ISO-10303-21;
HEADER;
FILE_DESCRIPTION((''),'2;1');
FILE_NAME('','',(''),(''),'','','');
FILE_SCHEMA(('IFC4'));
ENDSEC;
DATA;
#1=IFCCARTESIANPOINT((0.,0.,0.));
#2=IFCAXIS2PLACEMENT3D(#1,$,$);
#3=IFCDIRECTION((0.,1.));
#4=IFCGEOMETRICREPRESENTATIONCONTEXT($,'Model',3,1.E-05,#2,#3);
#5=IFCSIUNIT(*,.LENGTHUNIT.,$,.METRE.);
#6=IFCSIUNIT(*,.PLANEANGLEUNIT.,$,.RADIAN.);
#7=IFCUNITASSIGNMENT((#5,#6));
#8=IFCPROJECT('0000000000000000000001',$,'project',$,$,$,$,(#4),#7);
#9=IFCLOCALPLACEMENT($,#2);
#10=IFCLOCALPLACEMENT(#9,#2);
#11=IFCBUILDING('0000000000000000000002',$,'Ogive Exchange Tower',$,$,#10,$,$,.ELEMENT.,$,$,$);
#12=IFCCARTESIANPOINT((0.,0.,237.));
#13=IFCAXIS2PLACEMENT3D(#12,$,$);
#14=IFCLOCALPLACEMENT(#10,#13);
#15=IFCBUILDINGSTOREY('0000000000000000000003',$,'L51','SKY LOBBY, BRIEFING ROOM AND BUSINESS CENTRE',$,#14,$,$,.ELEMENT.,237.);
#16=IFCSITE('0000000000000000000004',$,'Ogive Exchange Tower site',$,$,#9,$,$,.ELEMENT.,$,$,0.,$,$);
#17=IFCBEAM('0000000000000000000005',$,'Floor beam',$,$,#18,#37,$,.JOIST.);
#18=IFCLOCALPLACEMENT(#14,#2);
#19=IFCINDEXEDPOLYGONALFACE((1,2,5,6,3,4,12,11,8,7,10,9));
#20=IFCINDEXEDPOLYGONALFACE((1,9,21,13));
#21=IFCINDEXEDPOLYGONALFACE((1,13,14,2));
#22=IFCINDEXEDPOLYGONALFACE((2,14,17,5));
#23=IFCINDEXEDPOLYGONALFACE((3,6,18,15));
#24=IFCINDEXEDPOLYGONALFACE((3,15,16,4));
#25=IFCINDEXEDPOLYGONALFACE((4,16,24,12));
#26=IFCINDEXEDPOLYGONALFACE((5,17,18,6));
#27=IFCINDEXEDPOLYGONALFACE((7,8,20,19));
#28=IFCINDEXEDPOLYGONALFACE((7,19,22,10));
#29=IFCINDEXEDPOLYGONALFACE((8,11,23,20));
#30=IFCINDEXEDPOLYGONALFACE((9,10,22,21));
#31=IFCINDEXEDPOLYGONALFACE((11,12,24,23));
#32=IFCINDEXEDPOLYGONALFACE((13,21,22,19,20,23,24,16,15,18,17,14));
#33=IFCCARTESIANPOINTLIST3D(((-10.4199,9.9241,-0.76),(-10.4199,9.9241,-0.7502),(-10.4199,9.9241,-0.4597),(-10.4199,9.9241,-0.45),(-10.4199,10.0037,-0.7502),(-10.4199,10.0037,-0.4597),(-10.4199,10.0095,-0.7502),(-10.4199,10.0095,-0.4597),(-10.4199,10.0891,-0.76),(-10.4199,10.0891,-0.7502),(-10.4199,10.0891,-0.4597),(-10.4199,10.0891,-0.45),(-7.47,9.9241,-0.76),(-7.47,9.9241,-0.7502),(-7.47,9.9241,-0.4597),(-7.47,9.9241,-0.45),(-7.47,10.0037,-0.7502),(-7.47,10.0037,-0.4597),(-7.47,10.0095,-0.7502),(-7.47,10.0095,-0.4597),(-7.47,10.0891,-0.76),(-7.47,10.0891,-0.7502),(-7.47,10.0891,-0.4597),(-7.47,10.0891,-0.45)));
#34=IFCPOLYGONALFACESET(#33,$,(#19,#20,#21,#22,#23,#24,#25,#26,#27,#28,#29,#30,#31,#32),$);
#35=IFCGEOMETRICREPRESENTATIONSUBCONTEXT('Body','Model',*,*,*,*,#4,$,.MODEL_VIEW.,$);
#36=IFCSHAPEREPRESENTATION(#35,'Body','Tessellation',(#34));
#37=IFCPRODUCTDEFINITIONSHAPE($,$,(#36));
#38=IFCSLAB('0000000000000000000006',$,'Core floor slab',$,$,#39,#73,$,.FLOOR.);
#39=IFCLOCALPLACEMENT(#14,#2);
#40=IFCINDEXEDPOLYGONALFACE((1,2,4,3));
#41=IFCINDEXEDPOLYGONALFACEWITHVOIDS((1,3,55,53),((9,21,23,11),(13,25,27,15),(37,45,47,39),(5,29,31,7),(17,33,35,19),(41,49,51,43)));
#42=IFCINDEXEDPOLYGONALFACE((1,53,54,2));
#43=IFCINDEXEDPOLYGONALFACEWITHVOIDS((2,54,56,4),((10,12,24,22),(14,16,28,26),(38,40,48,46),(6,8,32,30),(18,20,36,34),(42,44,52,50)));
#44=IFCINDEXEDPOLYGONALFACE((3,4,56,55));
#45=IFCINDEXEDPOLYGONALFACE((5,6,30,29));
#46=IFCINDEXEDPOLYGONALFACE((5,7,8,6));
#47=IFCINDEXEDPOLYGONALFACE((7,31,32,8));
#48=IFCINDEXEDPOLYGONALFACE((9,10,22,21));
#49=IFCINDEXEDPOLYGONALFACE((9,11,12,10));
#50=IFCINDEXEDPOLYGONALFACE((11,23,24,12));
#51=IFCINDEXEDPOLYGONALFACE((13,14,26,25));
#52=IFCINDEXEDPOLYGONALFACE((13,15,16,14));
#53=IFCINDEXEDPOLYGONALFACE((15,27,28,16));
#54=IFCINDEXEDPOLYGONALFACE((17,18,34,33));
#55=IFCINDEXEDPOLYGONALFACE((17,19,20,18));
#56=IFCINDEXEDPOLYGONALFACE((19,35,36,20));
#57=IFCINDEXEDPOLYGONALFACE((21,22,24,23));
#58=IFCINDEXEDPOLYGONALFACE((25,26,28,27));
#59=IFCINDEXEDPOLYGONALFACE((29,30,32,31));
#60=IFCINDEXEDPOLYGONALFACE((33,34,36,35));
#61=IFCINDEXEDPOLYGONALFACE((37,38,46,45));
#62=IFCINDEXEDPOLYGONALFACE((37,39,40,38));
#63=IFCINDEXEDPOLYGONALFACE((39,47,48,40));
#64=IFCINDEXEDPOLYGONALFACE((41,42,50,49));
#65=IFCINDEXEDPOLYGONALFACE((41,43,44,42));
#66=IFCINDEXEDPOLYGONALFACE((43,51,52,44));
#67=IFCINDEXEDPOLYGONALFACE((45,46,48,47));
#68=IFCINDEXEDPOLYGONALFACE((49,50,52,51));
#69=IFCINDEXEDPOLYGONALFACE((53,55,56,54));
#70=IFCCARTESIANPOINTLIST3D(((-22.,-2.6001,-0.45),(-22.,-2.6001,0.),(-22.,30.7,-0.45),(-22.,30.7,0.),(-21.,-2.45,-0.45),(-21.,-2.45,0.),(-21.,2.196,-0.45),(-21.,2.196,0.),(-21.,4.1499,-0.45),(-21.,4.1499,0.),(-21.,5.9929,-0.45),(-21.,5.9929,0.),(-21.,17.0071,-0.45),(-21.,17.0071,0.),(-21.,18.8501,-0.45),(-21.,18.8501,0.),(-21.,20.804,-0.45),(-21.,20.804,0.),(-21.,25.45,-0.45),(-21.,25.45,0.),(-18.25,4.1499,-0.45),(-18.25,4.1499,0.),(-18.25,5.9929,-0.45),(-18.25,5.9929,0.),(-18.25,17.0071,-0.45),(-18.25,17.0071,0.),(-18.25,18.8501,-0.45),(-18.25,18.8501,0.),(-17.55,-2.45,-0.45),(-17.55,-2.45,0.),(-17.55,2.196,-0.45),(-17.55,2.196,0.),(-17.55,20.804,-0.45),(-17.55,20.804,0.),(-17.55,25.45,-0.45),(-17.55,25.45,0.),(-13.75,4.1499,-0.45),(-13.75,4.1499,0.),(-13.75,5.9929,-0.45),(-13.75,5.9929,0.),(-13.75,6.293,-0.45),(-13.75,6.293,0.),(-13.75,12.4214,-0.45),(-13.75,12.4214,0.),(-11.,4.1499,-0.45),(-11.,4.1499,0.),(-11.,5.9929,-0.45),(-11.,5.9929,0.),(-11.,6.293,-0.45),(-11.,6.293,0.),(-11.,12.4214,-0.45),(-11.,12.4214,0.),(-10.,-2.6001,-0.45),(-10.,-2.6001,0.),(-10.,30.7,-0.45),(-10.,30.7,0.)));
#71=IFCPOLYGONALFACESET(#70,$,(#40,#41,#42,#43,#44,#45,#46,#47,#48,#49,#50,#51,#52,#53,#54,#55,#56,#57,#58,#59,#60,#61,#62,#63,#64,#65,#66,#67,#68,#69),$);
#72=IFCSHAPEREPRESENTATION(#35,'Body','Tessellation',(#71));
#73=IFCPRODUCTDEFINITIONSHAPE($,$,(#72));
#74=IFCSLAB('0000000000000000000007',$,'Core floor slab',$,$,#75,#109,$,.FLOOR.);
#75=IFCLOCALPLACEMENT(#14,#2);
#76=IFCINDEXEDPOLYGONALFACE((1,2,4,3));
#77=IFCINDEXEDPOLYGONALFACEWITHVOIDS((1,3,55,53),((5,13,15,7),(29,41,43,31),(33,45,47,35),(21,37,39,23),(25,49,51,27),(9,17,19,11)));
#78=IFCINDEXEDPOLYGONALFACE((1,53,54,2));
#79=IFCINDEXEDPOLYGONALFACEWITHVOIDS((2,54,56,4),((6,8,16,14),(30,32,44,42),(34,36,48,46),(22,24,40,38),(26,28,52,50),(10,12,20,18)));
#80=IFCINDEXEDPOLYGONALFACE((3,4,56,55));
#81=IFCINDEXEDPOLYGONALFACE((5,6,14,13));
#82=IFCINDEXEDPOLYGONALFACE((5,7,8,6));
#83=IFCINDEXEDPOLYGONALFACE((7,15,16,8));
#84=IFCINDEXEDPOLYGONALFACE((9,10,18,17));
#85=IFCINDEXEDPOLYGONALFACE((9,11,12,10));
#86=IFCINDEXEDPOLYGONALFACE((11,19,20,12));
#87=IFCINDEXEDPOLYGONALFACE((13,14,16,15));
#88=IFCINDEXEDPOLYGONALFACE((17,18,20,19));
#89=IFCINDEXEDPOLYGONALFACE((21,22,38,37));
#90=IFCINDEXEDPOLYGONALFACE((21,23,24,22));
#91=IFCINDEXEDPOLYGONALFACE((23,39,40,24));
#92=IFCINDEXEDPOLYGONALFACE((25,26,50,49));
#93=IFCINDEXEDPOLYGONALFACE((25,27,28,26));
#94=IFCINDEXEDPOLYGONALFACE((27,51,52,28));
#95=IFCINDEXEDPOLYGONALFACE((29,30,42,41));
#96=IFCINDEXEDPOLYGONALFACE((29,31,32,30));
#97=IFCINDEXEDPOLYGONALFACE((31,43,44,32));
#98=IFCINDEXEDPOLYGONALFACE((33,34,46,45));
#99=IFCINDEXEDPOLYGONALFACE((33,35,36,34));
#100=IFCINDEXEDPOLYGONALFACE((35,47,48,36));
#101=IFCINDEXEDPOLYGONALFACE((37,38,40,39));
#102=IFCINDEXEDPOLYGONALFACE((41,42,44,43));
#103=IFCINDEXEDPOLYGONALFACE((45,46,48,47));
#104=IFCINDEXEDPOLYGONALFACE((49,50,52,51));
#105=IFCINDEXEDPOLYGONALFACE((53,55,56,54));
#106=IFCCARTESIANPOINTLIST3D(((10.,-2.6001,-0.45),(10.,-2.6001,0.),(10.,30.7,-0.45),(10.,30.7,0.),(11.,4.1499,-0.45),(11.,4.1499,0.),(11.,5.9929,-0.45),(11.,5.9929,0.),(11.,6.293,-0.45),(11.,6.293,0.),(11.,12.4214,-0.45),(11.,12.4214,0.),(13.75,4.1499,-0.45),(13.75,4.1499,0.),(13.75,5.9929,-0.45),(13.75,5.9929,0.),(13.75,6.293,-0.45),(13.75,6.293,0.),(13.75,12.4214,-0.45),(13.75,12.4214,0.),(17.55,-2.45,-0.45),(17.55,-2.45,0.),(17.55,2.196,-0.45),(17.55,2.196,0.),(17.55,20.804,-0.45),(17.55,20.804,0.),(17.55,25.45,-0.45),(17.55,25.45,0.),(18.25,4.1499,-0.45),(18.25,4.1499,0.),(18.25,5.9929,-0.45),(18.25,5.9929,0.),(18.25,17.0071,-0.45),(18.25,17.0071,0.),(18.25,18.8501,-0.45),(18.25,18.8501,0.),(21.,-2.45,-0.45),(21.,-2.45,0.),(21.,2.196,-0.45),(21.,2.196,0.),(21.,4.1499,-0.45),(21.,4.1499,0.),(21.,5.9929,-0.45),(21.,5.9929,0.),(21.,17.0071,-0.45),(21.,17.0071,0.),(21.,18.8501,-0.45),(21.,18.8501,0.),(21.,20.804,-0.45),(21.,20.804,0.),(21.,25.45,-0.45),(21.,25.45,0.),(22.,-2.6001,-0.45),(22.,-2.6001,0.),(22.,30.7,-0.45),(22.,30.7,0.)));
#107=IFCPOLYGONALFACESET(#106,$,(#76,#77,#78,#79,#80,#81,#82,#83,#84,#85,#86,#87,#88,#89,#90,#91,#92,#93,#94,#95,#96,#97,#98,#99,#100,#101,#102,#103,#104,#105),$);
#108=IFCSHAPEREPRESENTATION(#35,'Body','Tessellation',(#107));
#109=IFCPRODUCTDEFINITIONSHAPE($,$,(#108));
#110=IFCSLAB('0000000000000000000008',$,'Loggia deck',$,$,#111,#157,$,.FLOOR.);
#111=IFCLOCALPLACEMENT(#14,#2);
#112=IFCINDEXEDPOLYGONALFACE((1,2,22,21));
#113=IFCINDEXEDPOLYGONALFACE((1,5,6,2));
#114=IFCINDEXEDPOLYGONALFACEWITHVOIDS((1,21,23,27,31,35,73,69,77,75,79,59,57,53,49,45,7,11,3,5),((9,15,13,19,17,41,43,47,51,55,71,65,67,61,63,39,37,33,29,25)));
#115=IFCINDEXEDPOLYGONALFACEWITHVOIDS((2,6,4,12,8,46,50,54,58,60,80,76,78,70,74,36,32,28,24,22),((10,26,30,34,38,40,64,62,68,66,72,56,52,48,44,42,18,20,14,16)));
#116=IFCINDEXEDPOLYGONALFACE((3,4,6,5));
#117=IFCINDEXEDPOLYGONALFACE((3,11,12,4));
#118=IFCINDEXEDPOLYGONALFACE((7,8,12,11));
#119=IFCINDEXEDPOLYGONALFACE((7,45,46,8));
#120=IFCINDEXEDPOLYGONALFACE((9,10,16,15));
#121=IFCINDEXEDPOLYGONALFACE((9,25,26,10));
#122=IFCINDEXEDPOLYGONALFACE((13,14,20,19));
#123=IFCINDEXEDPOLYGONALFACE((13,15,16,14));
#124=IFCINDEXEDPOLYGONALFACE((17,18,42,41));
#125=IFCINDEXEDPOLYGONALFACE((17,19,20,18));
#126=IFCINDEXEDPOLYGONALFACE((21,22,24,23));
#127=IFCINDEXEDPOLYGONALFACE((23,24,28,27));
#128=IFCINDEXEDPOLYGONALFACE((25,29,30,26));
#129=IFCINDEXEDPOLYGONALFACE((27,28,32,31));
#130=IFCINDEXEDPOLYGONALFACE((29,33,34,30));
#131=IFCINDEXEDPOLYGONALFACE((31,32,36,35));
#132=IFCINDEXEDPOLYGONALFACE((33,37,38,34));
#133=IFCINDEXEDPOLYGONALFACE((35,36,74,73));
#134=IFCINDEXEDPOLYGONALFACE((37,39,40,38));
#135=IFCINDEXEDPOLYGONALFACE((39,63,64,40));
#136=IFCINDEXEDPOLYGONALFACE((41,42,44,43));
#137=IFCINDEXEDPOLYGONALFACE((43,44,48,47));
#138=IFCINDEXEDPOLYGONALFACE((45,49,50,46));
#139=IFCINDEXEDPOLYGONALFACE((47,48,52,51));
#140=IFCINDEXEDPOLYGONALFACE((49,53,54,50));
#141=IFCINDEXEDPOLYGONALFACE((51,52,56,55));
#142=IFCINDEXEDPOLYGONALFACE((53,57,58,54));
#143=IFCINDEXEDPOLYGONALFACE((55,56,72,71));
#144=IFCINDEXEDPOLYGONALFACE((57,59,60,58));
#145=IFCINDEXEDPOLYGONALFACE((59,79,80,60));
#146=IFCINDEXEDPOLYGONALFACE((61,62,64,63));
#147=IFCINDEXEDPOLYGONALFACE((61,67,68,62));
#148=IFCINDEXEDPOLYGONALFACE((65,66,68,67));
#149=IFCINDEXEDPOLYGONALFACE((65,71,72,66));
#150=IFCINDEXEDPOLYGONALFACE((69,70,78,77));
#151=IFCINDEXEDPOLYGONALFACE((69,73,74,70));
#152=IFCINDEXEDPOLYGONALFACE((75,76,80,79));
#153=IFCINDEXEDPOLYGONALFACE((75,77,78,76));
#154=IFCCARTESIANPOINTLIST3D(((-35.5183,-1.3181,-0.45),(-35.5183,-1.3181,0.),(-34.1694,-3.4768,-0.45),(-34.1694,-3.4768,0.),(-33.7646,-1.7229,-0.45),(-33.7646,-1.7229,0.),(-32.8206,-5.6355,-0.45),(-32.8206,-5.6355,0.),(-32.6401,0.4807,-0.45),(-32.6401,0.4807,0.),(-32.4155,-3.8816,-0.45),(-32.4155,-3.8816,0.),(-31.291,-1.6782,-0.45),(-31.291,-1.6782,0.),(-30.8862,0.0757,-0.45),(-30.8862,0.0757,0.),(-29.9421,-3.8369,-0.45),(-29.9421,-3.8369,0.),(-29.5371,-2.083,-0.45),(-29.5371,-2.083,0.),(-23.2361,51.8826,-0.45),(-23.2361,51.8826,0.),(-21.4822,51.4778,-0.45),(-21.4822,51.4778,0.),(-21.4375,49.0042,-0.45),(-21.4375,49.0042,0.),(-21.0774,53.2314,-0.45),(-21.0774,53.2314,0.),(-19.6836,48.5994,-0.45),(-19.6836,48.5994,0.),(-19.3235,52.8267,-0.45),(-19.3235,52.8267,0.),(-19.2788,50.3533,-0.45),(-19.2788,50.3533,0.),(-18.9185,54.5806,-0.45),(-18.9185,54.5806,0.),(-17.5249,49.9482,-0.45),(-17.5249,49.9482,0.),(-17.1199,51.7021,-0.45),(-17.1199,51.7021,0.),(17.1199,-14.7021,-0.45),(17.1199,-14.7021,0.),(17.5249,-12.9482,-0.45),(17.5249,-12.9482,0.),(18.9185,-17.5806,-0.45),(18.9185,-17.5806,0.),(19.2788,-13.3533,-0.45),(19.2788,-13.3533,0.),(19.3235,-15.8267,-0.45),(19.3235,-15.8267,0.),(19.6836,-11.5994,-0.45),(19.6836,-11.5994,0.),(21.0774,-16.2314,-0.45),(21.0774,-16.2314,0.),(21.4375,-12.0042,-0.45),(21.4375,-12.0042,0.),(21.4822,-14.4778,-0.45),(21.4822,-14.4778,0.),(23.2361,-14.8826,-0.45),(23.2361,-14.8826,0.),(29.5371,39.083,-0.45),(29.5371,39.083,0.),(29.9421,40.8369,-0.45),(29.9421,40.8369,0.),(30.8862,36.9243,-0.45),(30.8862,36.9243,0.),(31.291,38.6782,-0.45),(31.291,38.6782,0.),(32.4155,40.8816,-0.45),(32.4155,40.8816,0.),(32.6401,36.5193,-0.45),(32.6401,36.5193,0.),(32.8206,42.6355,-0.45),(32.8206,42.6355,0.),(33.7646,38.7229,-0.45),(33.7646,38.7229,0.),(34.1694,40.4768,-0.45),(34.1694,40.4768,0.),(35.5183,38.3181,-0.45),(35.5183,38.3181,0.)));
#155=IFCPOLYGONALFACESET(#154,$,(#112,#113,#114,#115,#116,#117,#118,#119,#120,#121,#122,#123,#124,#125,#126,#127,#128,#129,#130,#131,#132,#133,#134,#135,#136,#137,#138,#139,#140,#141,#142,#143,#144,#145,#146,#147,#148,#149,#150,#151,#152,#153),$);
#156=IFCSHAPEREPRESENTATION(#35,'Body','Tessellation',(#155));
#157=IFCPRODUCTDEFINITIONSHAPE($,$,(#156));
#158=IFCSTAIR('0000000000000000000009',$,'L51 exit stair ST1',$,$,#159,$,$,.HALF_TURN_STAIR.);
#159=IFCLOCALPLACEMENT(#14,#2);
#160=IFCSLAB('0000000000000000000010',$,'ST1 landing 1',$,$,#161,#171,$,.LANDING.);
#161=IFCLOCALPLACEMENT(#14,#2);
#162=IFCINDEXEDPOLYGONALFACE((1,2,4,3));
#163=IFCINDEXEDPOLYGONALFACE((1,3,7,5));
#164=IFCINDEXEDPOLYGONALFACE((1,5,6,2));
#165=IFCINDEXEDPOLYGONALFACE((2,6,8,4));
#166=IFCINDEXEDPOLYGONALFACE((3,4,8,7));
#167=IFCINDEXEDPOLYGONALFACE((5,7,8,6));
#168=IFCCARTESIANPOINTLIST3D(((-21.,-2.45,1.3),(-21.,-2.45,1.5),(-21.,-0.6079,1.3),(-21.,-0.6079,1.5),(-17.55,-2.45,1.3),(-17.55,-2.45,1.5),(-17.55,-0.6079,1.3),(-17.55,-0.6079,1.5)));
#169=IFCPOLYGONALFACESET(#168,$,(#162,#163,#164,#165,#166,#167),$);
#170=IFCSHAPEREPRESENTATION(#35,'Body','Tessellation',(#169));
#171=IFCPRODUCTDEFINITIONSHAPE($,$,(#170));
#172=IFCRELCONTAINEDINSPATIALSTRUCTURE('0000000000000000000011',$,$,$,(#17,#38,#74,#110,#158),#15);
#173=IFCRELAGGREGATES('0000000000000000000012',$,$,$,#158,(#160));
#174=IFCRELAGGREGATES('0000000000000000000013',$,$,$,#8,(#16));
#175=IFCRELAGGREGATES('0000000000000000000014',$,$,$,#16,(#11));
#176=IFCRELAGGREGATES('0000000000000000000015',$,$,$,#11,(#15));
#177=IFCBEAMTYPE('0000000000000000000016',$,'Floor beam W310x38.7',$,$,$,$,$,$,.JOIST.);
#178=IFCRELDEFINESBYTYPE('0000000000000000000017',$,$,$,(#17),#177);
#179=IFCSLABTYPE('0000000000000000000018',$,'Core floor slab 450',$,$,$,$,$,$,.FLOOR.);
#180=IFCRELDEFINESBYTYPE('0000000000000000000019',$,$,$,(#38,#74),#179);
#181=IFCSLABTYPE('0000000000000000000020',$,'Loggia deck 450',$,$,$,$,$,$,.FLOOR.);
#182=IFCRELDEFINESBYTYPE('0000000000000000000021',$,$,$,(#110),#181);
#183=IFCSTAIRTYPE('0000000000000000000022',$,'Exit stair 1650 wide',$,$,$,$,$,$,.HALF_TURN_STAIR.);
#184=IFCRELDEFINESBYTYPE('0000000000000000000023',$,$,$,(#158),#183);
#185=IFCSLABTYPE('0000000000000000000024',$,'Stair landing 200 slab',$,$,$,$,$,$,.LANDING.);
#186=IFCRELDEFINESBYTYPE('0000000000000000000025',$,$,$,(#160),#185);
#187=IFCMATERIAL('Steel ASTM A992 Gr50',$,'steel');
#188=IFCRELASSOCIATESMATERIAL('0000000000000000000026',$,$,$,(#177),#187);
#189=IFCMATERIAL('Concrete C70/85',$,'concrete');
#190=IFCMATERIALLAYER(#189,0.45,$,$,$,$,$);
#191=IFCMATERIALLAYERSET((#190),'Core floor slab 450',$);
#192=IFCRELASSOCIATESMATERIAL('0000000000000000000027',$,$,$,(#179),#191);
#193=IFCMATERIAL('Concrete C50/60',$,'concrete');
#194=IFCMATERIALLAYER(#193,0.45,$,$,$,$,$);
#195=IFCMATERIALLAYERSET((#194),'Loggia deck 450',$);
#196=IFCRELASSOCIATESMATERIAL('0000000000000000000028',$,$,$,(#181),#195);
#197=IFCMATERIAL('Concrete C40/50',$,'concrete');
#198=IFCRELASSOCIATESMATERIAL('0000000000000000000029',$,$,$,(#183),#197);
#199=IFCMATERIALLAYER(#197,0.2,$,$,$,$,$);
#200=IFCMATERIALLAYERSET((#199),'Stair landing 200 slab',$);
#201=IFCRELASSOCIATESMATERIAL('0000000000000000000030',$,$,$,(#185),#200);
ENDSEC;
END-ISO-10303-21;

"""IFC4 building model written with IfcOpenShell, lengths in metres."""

from ifc_helpers import new_model, si_unit, direction, frame, origin, origin_2d, place, context, subcontext, project, spatial, polyline, i_section, outline, extrude, material, layer, layer_set, material_profile, profile_set, type_object, element, aggregate, save


model = new_model("IFC4")

# Units and contexts
model_context = context("Model", 3, precision=1e-05, world=origin(), true_north=direction((0.0, 1.0)))
body_context = subcontext(model_context, "Body", "Model", "MODEL_VIEW")
ifc_project = project(units=[si_unit("LENGTHUNIT", "METRE"), si_unit("PLANEANGLEUNIT", "RADIAN")], contexts=[model_context])

# Site, building, storey
site_placement = place(None, origin())
site = spatial("IfcSite", under=ifc_project, at=site_placement, Name="Ogive Exchange Tower site", CompositionType="ELEMENT", RefElevation=0.0)
building_placement = place(site_placement, origin())
building = spatial("IfcBuilding", under=site, at=building_placement, Name="Ogive Exchange Tower", CompositionType="ELEMENT")
storey_placement = place(building_placement, frame((0.0, 0.0, 237.0)))
storey = spatial("IfcBuildingStorey", under=building, at=storey_placement, Name="L51", Description="SKY LOBBY, BRIEFING ROOM AND BUSINESS CENTRE", CompositionType="ELEMENT", Elevation=237.0)

# Beam
ifc_material_1 = material(Name="Steel ASTM A992 Gr50", Category="steel")
ifc_material_profile = material_profile(ifc_material_1, i_section(OverallWidth=0.165, OverallDepth=0.3101, WebThickness=0.0059, FlangeThickness=0.0098, at=origin_2d()), Name="W310x38.7")
ifc_profile_set = profile_set([ifc_material_profile], Name="Steel ASTM A992 Gr50")
beam_type = type_object("IfcBeamType", Name="Floor beam W310x38.7", PredefinedType="JOIST", material=ifc_profile_set)
beam_placement = place(storey_placement, frame((-10.4199, 10.0066, -0.605), z_axis=(1.0, 0.0, 0.0), x_axis=(0.0, 1.0, 0.0)))
element("IfcBeam", 1, at=beam_placement, inside=storey, type_object=beam_type, Name="Floor beam", PredefinedType="JOIST", context=body_context, shape_type="SweptSolid", body=[
    extrude(i_section(OverallWidth=0.165, OverallDepth=0.3101, WebThickness=0.0059, FlangeThickness=0.0098, at=origin_2d()), origin(), (0.0, 0.0, 1.0), 2.95),
])

# Slabs
ifc_material_2 = material(Name="Concrete C70/85", Category="concrete")
ifc_layer_1 = layer(ifc_material_2, 0.45)
ifc_layer_set_1 = layer_set([ifc_layer_1], Name="Core floor slab 450")
slab_type_1 = type_object("IfcSlabType", Name="Core floor slab 450", PredefinedType="FLOOR", material=ifc_layer_set_1)
slab_1_placement = place(storey_placement, frame((0.0, 0.0, -0.45)))
element("IfcSlab", 2, at=slab_1_placement, inside=storey, type_object=slab_type_1, Name="Core floor slab", PredefinedType="FLOOR", context=body_context, shape_type="SweptSolid", body=[
    extrude(outline(polyline([(-22.0, -2.6001), (-22.0, 30.7), (-10.0, 30.7), (-10.0, -2.6001), (-22.0, -2.6001)]), holes=[polyline([(-17.55, 2.196), (-21.0, 2.196), (-21.0, -2.45), (-17.55, -2.45), (-17.55, 2.196)]), polyline([(-18.25, 5.9929), (-21.0, 5.9929), (-21.0, 4.1499), (-18.25, 4.1499), (-18.25, 5.9929)]), polyline([(-11.0, 5.9929), (-13.75, 5.9929), (-13.75, 4.1499), (-11.0, 4.1499), (-11.0, 5.9929)]), polyline([(-13.75, 12.4214), (-13.75, 6.293), (-11.0, 6.293), (-11.0, 12.4214), (-13.75, 12.4214)]), polyline([(-18.25, 18.8501), (-21.0, 18.8501), (-21.0, 17.0071), (-18.25, 17.0071), (-18.25, 18.8501)]), polyline([(-21.0, 25.45), (-21.0, 20.804), (-17.55, 20.804), (-17.55, 25.45), (-21.0, 25.45)])]), origin(), (0.0, 0.0, 1.0), 0.45),
])
slab_2_placement = place(storey_placement, frame((0.0, 0.0, -0.45)))
element("IfcSlab", 3, at=slab_2_placement, inside=storey, type_object=slab_type_1, Name="Core floor slab", PredefinedType="FLOOR", context=body_context, shape_type="SweptSolid", body=[
    extrude(outline(polyline([(10.0, -2.6001), (10.0, 30.7), (22.0, 30.7), (22.0, -2.6001), (10.0, -2.6001)]), holes=[polyline([(21.0, 2.196), (17.55, 2.196), (17.55, -2.45), (21.0, -2.45), (21.0, 2.196)]), polyline([(13.75, 5.9929), (11.0, 5.9929), (11.0, 4.1499), (13.75, 4.1499), (13.75, 5.9929)]), polyline([(21.0, 5.9929), (18.25, 5.9929), (18.25, 4.1499), (21.0, 4.1499), (21.0, 5.9929)]), polyline([(11.0, 12.4214), (11.0, 6.293), (13.75, 6.293), (13.75, 12.4214), (11.0, 12.4214)]), polyline([(21.0, 18.8501), (18.25, 18.8501), (18.25, 17.0071), (21.0, 17.0071), (21.0, 18.8501)]), polyline([(17.55, 25.45), (17.55, 20.804), (21.0, 20.804), (21.0, 25.45), (17.55, 25.45)])]), origin(), (0.0, 0.0, 1.0), 0.45),
])
ifc_material_3 = material(Name="Concrete C50/60", Category="concrete")
ifc_layer_2 = layer(ifc_material_3, 0.45)
ifc_layer_set_2 = layer_set([ifc_layer_2], Name="Loggia deck 450")
slab_type_2 = type_object("IfcSlabType", Name="Loggia deck 450", PredefinedType="FLOOR", material=ifc_layer_set_2)
slab_3_placement = place(storey_placement, frame((0.0, 0.0, -0.45)))
element("IfcSlab", 4, at=slab_3_placement, inside=storey, type_object=slab_type_2, Name="Loggia deck", PredefinedType="FLOOR", context=body_context, shape_type="SweptSolid", body=[
    extrude(outline(polyline([(-34.1694, -3.4768), (-33.7646, -1.7229), (-35.5183, -1.3181), (-23.2361, 51.8826), (-21.4822, 51.4778), (-21.0774, 53.2314), (-19.3235, 52.8267), (-18.9185, 54.5806), (32.8206, 42.6355), (32.4155, 40.8816), (34.1694, 40.4768), (33.7646, 38.7229), (35.5183, 38.3181), (23.2361, -14.8826), (21.4822, -14.4778), (21.0774, -16.2314), (19.3235, -15.8267), (18.9185, -17.5806), (-32.8206, -5.6355), (-32.4155, -3.8816), (-34.1694, -3.4768)]), holes=[polyline([(17.5249, -12.9482), (19.2788, -13.3533), (19.6836, -11.5994), (21.4375, -12.0042), (32.6401, 36.5193), (30.8862, 36.9243), (31.291, 38.6782), (29.5371, 39.083), (29.9421, 40.8369), (-17.1199, 51.7021), (-17.5249, 49.9482), (-19.2788, 50.3533), (-19.6836, 48.5994), (-21.4375, 49.0042), (-32.6401, 0.4807), (-30.8862, 0.0757), (-31.291, -1.6782), (-29.5371, -2.083), (-29.9421, -3.8369), (17.1199, -14.7021), (17.5249, -12.9482)])]), origin(), (0.0, 0.0, 1.0), 0.45),
])

# Stair, slab
ifc_material_4 = material(Name="Concrete C40/50", Category="concrete")
stair_type = type_object("IfcStairType", Name="Exit stair 1650 wide", PredefinedType="HALF_TURN_STAIR", material=ifc_material_4)
stair_1_placement = place(storey_placement, origin())
stair_1 = element("IfcStair", 5, at=stair_1_placement, inside=storey, type_object=stair_type, Name="L51 exit stair ST1", PredefinedType="HALF_TURN_STAIR")
ifc_layer_3 = layer(ifc_material_4, 0.2)
ifc_layer_set_3 = layer_set([ifc_layer_3], Name="Stair landing 200 slab")
slab_type_3 = type_object("IfcSlabType", Name="Stair landing 200 slab", PredefinedType="LANDING", material=ifc_layer_set_3)
slab_4_placement = place(storey_placement, frame((0.0, 0.0, 1.3)))
slab_4 = element("IfcSlab", 6, at=slab_4_placement, type_object=slab_type_3, Name="ST1 landing 1", PredefinedType="LANDING", context=body_context, shape_type="SweptSolid", body=[
    extrude(outline(polyline([(-21.0, -0.6079), (-21.0, -2.45), (-17.55, -2.45), (-17.55, -0.6079), (-21.0, -0.6079)])), origin(), (0.0, 0.0, 1.0), 0.2),
])
aggregate(stair_1, [slab_4])

save(model, "model.ifc")
